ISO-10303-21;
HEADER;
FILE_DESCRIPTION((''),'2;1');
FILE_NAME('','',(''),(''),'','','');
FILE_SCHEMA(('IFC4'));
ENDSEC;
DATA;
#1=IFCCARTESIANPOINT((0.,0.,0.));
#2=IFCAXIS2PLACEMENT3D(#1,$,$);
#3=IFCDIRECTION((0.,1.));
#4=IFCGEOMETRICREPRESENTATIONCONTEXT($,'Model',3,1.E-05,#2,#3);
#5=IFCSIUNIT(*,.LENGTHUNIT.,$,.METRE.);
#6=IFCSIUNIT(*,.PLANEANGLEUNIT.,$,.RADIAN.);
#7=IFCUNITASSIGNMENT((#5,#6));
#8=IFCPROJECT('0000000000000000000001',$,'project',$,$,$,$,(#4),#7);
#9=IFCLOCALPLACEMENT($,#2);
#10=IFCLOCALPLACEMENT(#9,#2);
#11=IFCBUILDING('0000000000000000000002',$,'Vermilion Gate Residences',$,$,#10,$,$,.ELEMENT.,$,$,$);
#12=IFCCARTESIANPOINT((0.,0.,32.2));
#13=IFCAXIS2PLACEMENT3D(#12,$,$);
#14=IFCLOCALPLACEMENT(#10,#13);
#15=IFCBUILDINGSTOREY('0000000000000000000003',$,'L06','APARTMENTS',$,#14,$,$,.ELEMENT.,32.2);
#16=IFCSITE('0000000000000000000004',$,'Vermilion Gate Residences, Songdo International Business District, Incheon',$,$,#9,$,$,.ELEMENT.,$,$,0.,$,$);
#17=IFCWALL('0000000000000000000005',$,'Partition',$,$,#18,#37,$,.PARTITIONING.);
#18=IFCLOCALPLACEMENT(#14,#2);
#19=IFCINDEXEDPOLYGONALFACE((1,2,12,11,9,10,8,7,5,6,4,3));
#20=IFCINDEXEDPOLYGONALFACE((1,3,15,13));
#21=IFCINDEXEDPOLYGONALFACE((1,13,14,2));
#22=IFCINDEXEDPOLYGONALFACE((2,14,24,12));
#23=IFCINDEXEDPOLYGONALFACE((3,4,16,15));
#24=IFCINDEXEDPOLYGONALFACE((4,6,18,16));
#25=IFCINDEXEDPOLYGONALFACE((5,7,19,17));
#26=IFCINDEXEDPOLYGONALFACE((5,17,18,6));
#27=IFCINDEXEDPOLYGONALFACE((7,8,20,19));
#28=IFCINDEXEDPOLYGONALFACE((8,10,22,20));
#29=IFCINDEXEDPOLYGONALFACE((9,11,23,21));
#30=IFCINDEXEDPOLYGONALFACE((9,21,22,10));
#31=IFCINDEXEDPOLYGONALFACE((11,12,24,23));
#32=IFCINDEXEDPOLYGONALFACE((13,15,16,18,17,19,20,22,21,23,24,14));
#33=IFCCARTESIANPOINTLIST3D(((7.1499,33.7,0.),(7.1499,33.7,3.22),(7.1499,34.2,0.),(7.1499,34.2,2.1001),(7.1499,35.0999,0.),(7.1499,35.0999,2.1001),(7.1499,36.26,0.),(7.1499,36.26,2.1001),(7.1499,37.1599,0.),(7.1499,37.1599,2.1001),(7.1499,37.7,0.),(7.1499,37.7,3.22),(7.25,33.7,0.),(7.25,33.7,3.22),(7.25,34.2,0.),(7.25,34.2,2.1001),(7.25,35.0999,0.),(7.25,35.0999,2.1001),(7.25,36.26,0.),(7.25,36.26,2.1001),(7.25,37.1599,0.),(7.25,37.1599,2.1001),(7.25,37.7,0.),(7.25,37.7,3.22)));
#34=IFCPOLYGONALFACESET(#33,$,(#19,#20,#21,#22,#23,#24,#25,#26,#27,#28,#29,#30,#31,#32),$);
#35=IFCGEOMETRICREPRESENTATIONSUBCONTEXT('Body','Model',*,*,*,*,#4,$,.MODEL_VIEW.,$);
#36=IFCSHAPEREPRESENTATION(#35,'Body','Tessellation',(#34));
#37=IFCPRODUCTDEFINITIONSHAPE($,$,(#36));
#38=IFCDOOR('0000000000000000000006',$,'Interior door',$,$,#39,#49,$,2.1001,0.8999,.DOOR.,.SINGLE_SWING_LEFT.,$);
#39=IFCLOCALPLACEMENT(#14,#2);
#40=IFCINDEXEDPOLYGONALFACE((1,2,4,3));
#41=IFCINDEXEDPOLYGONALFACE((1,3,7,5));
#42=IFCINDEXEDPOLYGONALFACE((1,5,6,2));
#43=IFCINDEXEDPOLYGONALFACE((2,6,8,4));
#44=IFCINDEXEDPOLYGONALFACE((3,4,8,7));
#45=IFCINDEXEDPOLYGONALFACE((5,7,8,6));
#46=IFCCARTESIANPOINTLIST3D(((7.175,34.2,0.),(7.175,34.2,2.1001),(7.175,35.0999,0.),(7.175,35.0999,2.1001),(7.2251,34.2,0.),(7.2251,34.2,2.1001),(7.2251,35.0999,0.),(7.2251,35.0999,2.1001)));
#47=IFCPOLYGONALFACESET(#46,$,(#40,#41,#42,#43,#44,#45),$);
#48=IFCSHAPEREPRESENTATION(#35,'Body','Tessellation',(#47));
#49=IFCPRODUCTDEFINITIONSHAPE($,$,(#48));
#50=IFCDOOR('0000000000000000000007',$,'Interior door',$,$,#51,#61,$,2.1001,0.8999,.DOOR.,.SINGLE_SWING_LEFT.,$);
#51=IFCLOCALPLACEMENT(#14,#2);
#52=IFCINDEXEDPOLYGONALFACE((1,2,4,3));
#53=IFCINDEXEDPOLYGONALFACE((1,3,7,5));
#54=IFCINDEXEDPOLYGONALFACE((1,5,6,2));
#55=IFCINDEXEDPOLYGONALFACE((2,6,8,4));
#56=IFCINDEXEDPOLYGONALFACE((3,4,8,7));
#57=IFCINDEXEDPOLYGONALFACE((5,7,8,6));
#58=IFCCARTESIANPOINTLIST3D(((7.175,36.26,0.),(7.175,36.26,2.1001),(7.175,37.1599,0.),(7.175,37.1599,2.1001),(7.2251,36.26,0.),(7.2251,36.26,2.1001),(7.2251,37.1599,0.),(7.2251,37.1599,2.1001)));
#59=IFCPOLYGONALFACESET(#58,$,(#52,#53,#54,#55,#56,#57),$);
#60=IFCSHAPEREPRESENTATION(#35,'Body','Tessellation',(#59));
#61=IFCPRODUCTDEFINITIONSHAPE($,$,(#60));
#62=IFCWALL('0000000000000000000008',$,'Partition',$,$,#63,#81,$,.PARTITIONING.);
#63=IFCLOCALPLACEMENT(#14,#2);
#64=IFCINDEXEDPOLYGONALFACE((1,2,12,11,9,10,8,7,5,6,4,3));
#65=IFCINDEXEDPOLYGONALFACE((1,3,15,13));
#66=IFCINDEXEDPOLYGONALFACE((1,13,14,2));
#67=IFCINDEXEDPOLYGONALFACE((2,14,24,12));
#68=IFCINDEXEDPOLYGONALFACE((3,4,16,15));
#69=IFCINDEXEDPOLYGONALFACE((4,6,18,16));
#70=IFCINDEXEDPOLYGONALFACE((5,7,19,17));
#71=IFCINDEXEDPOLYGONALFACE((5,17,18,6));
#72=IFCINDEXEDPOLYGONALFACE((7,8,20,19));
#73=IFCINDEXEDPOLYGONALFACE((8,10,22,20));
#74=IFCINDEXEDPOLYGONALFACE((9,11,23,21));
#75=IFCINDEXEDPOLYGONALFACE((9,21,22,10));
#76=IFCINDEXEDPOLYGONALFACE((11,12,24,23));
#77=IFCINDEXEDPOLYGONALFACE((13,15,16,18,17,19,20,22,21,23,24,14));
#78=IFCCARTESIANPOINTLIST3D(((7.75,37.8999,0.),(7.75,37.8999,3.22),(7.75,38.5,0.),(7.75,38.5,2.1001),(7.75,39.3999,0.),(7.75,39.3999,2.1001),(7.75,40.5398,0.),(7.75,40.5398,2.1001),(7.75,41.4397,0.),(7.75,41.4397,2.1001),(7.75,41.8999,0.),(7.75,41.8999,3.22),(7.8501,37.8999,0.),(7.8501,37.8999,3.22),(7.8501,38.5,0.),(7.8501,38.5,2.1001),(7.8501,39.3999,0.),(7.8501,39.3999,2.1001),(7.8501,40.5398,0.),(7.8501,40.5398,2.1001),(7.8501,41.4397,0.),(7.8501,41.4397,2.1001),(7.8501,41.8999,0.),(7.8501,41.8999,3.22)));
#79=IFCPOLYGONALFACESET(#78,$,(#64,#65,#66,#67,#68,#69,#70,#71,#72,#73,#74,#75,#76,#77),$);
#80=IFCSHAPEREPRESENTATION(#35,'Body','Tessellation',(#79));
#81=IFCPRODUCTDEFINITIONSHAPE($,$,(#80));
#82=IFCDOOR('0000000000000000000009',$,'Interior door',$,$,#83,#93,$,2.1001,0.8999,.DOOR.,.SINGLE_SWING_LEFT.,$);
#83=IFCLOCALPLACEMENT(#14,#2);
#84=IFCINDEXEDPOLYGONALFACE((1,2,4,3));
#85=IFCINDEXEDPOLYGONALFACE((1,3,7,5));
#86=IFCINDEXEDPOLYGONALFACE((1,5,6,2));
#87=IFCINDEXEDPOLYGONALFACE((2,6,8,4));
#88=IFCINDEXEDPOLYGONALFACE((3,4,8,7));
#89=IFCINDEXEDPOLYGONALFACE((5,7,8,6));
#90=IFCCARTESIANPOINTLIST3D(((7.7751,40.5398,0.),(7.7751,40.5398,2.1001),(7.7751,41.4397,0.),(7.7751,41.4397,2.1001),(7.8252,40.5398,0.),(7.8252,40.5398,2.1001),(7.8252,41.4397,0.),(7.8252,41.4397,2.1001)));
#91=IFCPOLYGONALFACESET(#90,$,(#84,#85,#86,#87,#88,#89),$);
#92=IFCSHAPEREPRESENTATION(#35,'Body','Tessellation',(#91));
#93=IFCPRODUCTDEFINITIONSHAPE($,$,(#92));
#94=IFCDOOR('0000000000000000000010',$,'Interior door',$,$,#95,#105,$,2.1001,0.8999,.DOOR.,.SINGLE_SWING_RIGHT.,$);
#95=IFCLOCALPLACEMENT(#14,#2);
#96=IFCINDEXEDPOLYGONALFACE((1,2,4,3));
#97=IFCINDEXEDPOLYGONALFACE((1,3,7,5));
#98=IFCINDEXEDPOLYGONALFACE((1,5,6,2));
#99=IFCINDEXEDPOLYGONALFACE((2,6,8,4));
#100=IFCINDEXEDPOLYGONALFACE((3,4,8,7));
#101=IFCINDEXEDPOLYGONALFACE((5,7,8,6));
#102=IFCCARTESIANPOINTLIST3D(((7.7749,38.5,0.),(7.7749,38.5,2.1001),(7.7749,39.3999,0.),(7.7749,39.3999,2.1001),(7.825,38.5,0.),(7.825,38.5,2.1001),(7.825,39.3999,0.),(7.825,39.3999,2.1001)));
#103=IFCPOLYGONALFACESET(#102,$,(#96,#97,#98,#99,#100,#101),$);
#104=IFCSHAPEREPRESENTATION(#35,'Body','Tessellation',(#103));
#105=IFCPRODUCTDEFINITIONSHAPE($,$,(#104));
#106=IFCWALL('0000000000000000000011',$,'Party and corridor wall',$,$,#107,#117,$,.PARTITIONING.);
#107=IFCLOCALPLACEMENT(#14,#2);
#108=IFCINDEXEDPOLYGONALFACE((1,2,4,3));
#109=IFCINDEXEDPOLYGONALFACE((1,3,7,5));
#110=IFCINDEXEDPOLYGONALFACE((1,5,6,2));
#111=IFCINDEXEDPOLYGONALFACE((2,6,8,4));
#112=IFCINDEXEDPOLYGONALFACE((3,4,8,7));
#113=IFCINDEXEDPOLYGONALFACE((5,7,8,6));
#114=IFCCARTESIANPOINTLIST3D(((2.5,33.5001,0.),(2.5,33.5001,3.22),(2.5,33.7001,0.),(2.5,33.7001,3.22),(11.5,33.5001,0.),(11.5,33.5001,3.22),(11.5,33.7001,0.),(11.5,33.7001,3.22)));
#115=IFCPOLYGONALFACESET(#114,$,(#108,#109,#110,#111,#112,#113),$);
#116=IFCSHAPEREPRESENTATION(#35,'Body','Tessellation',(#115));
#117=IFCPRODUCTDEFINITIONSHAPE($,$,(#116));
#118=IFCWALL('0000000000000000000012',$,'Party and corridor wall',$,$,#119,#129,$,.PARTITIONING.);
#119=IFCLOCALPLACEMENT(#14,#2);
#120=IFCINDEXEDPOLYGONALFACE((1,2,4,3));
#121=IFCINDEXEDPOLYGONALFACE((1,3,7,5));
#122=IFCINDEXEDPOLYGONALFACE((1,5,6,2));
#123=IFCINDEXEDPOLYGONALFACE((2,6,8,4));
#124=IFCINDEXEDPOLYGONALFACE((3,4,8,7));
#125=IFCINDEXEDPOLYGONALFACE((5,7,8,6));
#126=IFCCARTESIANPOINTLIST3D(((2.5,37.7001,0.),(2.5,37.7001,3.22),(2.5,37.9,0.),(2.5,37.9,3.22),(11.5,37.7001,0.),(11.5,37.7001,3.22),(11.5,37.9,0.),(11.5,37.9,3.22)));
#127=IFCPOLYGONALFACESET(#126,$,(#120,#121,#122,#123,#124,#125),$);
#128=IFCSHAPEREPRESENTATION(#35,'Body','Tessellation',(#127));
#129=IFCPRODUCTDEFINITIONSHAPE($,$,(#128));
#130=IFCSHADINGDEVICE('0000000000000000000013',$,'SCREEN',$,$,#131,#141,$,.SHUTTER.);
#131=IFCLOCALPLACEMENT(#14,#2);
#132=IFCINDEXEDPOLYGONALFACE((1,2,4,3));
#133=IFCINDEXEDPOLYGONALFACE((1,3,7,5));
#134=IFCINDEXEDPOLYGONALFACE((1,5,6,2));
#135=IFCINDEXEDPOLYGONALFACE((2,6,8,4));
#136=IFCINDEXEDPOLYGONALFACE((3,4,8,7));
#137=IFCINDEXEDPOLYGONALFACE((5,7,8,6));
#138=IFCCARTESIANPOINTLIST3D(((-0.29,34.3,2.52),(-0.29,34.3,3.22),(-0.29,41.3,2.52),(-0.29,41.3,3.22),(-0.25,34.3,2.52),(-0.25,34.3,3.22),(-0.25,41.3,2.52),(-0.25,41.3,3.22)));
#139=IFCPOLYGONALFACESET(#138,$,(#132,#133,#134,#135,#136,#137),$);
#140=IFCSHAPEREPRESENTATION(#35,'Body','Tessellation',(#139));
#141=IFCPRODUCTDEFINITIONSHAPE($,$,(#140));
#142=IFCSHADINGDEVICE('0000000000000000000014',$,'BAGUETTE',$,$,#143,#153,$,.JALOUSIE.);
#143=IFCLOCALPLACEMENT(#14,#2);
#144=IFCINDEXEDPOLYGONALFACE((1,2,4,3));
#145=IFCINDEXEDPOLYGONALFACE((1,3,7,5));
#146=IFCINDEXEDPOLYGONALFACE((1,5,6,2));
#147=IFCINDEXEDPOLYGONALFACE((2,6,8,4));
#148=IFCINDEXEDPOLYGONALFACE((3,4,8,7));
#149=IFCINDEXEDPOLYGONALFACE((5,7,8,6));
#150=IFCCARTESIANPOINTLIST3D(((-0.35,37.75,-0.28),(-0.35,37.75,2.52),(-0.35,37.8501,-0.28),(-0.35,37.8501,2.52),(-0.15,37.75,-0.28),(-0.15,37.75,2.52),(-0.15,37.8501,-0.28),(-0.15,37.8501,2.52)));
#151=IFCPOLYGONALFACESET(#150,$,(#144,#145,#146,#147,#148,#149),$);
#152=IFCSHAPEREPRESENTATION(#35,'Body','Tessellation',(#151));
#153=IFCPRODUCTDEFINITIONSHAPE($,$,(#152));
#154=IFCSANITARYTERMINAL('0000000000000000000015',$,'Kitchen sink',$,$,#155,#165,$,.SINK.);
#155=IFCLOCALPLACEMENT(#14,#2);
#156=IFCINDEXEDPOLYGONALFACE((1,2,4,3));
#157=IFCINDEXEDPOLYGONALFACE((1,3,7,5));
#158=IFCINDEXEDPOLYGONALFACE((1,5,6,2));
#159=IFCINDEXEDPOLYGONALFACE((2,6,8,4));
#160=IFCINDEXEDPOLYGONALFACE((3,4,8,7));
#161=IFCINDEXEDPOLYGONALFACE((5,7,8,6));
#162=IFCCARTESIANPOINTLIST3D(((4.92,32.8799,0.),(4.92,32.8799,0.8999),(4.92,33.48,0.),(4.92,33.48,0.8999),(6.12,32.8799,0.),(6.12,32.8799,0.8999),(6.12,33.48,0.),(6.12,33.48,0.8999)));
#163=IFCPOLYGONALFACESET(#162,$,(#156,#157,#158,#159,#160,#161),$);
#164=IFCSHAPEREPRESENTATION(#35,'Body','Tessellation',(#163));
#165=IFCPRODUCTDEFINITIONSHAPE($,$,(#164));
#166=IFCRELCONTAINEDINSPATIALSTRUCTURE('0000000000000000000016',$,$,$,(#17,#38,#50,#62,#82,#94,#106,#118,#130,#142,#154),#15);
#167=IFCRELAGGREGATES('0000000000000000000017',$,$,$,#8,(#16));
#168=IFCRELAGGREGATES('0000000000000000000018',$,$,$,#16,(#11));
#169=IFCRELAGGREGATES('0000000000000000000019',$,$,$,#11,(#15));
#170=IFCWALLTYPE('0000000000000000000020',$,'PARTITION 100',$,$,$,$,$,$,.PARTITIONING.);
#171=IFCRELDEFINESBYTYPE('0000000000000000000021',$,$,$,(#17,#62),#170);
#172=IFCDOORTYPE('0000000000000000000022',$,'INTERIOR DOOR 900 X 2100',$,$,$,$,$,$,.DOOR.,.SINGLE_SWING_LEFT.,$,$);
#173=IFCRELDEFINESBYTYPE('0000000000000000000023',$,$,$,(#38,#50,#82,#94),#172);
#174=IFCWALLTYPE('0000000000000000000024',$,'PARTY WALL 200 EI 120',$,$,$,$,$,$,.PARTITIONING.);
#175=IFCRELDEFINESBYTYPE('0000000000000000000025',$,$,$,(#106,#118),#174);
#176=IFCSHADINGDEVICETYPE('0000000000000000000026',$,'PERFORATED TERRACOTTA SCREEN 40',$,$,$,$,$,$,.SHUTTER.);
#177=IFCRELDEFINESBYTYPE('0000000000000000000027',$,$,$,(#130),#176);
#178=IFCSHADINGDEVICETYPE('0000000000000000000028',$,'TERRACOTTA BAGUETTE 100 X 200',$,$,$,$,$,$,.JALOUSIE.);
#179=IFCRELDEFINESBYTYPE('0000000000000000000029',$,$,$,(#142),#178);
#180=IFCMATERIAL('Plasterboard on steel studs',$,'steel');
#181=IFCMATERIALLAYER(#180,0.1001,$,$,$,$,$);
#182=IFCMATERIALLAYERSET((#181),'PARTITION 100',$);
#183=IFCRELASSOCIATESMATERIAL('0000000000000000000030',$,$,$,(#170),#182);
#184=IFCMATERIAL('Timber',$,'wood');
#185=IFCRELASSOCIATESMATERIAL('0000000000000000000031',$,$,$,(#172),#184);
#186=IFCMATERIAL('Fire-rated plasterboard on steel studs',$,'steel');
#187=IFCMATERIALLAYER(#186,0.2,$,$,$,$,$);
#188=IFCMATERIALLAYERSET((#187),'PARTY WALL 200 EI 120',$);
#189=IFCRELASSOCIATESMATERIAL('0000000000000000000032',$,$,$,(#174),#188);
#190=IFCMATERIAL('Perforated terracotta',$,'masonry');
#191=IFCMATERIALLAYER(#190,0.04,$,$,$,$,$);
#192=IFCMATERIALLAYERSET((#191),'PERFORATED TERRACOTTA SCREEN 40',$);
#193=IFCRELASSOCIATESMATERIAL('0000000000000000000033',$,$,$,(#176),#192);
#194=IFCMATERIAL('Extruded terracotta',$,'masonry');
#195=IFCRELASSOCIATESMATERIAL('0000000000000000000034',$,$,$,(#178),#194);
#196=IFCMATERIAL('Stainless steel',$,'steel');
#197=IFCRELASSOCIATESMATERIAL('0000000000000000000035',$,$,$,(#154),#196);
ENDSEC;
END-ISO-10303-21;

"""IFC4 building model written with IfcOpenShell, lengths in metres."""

from ifc_helpers import new_model, si_unit, direction, frame, frame_2d, origin, origin_2d, place, context, subcontext, project, spatial, rectangle, extrude, material, layer, layer_set, material_profile, profile_set, type_object, element, fill, save


model = new_model("IFC4")

# Units and contexts
model_context = context("Model", 3, precision=1e-05, world=origin(), true_north=direction((0.0, 1.0)))
body_context = subcontext(model_context, "Body", "Model", "MODEL_VIEW")
ifc_project = project(units=[si_unit("LENGTHUNIT", "METRE"), si_unit("PLANEANGLEUNIT", "RADIAN")], contexts=[model_context])

# Site, building, storey
site_placement = place(None, origin())
site = spatial("IfcSite", under=ifc_project, at=site_placement, Name="Vermilion Gate Residences, Songdo International Business District, Incheon", CompositionType="ELEMENT", RefElevation=0.0)
building_placement = place(site_placement, origin())
building = spatial("IfcBuilding", under=site, at=building_placement, Name="Vermilion Gate Residences", CompositionType="ELEMENT")
storey_placement = place(building_placement, frame((0.0, 0.0, 32.2)))
storey = spatial("IfcBuildingStorey", under=building, at=storey_placement, Name="L06", Description="APARTMENTS", CompositionType="ELEMENT", Elevation=32.2)

# Shared definitions
ifc_material_1 = material(Name="Plasterboard on steel studs", Category="steel")
ifc_layer_1 = layer(ifc_material_1, 0.1001)
ifc_layer_set_1 = layer_set([ifc_layer_1], Name="PARTITION 100")
wall_type_1 = type_object("IfcWallType", Name="PARTITION 100", PredefinedType="PARTITIONING", material=ifc_layer_set_1)

# Shared definitions
ifc_material_2 = material(Name="Timber", Category="wood")
door_type = type_object("IfcDoorType", Name="INTERIOR DOOR 900 X 2100", OperationType="SINGLE_SWING_LEFT", PredefinedType="DOOR", material=ifc_material_2)

# Walls, openings, doors
wall_1_placement = place(storey_placement, frame((7.2, 33.7, 0.0), z_axis=(0.0, 0.0, 1.0), x_axis=(0.0, 1.0, 0.0)))
wall_1 = element("IfcWall", 1, at=wall_1_placement, inside=storey, type_object=wall_type_1, Name="Partition", PredefinedType="PARTITIONING", context=body_context, shape_type="SweptSolid", body=[
    extrude(rectangle(XDim=4.0, YDim=0.1001, at=frame_2d((2.0, 0.0))), origin(), (0.0, 0.0, 1.0), 3.22),
])
opening_1_placement = place(wall_1_placement, frame((0.5, 0.0, 0.0)))
opening_1 = element("IfcOpeningElement", 2, at=opening_1_placement, cuts=wall_1, PredefinedType="OPENING", context=body_context, shape_type="SweptSolid", body=[
    extrude(rectangle(XDim=0.8999, YDim=2.1001, at=frame_2d((0.45, 1.05))), frame((0.0, 0.0601, 0.0), z_axis=(0.0, -1.0, 0.0), x_axis=(1.0, 0.0, 0.0)), (0.0, 0.0, 1.0), 0.1201),
])
opening_2_placement = place(wall_1_placement, frame((2.5601, 0.0, 0.0)))
opening_2 = element("IfcOpeningElement", 3, at=opening_2_placement, cuts=wall_1, PredefinedType="OPENING", context=body_context, shape_type="SweptSolid", body=[
    extrude(rectangle(XDim=0.8999, YDim=2.1001, at=frame_2d((0.45, 1.05))), frame((0.0, 0.0601, 0.0), z_axis=(0.0, -1.0, 0.0), x_axis=(1.0, 0.0, 0.0)), (0.0, 0.0, 1.0), 0.1201),
])
door_1_placement = place(opening_1_placement, origin())
door_1 = element("IfcDoor", 4, at=door_1_placement, inside=storey, type_object=door_type, Name="Interior door", OperationType="SINGLE_SWING_LEFT", OverallHeight=2.1001, OverallWidth=0.8999, PredefinedType="DOOR", context=body_context, shape_type="SweptSolid", body=[
    extrude(rectangle(XDim=0.8999, YDim=2.1001, at=frame_2d((0.45, 1.05))), frame((0.0, 0.0249, 0.0), z_axis=(0.0, -1.0, 0.0), x_axis=(1.0, 0.0, 0.0)), (0.0, 0.0, 1.0), 0.05),
])
fill(opening_1, door_1)
door_2_placement = place(opening_2_placement, origin())
door_2 = element("IfcDoor", 5, at=door_2_placement, inside=storey, type_object=door_type, Name="Interior door", OperationType="SINGLE_SWING_LEFT", OverallHeight=2.1001, OverallWidth=0.8999, PredefinedType="DOOR", context=body_context, shape_type="SweptSolid", body=[
    extrude(rectangle(XDim=0.8999, YDim=2.1001, at=frame_2d((0.45, 1.05))), frame((0.0, 0.0249, 0.0), z_axis=(0.0, -1.0, 0.0), x_axis=(1.0, 0.0, 0.0)), (0.0, 0.0, 1.0), 0.05),
])
fill(opening_2, door_2)
wall_2_placement = place(storey_placement, frame((7.8, 37.8999, 0.0), z_axis=(0.0, 0.0, 1.0), x_axis=(0.0, 1.0, 0.0)))
wall_2 = element("IfcWall", 6, at=wall_2_placement, inside=storey, type_object=wall_type_1, Name="Partition", PredefinedType="PARTITIONING", context=body_context, shape_type="SweptSolid", body=[
    extrude(rectangle(XDim=4.0, YDim=0.1001, at=frame_2d((2.0, 0.0))), origin(), (0.0, 0.0, 1.0), 3.22),
])
opening_3_placement = place(wall_2_placement, frame((2.6399, 0.0, 0.0)))
opening_3 = element("IfcOpeningElement", 7, at=opening_3_placement, cuts=wall_2, PredefinedType="OPENING", context=body_context, shape_type="SweptSolid", body=[
    extrude(rectangle(XDim=0.8999, YDim=2.1001, at=frame_2d((0.45, 1.05))), frame((0.0, 0.0601, 0.0), z_axis=(0.0, -1.0, 0.0), x_axis=(1.0, 0.0, 0.0)), (0.0, 0.0, 1.0), 0.1201),
])
opening_4_placement = place(wall_2_placement, frame((0.6001, 0.0, 0.0)))
opening_4 = element("IfcOpeningElement", 8, at=opening_4_placement, cuts=wall_2, PredefinedType="OPENING", context=body_context, shape_type="SweptSolid", body=[
    extrude(rectangle(XDim=0.8999, YDim=2.1001, at=frame_2d((0.45, 1.05))), frame((0.0, 0.0601, 0.0), z_axis=(0.0, -1.0, 0.0), x_axis=(1.0, 0.0, 0.0)), (0.0, 0.0, 1.0), 0.1201),
])
door_3_placement = place(opening_3_placement, origin())
door_3 = element("IfcDoor", 9, at=door_3_placement, inside=storey, type_object=door_type, Name="Interior door", OperationType="SINGLE_SWING_LEFT", OverallHeight=2.1001, OverallWidth=0.8999, PredefinedType="DOOR", context=body_context, shape_type="SweptSolid", body=[
    extrude(rectangle(XDim=0.8999, YDim=2.1001, at=frame_2d((0.45, 1.05))), frame((0.0, 0.0249, 0.0), z_axis=(0.0, -1.0, 0.0), x_axis=(1.0, 0.0, 0.0)), (0.0, 0.0, 1.0), 0.05),
])
fill(opening_3, door_3)
door_4_placement = place(opening_4_placement, frame((0.8999, 0.0, 0.0), z_axis=(0.0, 0.0, 1.0), x_axis=(-1.0, 0.0, 0.0)))
door_4 = element("IfcDoor", 10, at=door_4_placement, inside=storey, type_object=door_type, Name="Interior door", OperationType="SINGLE_SWING_RIGHT", OverallHeight=2.1001, OverallWidth=0.8999, PredefinedType="DOOR", context=body_context, shape_type="SweptSolid", body=[
    extrude(rectangle(XDim=0.8999, YDim=2.1001, at=frame_2d((0.45, 1.05))), frame((0.0, 0.0249, 0.0), z_axis=(0.0, -1.0, 0.0), x_axis=(1.0, 0.0, 0.0)), (0.0, 0.0, 1.0), 0.05),
])
fill(opening_4, door_4)

# Walls
ifc_material_3 = material(Name="Fire-rated plasterboard on steel studs", Category="steel")
ifc_layer_2 = layer(ifc_material_3, 0.2)
ifc_layer_set_2 = layer_set([ifc_layer_2], Name="PARTY WALL 200 EI 120")
wall_type_2 = type_object("IfcWallType", Name="PARTY WALL 200 EI 120", PredefinedType="PARTITIONING", material=ifc_layer_set_2)
for number, where, z_axis, x_axis, name in (
    (11, (2.5, 33.6001, 0.0), (0.0, 0.0, 1.0), (1.0, 0.0, 0.0), "Party and corridor wall"),
    (12, (2.5, 37.8, 0.0), (0.0, 0.0, 1.0), (1.0, 0.0, 0.0), "Party and corridor wall"),
):
    element("IfcWall", number, at=place(storey_placement, frame(where, z_axis=z_axis, x_axis=x_axis)), inside=storey, type_object=wall_type_2, Name=name, PredefinedType="PARTITIONING", context=body_context, shape_type="SweptSolid", body=[
        extrude(rectangle(XDim=9.0, YDim=0.2, at=frame_2d((4.5, 0.0))), origin(), (0.0, 0.0, 1.0), 3.22),
    ])

# Shading devices
ifc_material_4 = material(Name="Perforated terracotta", Category="masonry")
ifc_layer_3 = layer(ifc_material_4, 0.04)
ifc_layer_set_3 = layer_set([ifc_layer_3], Name="PERFORATED TERRACOTTA SCREEN 40")
shading_device_type_1 = type_object("IfcShadingDeviceType", Name="PERFORATED TERRACOTTA SCREEN 40", PredefinedType="SHUTTER", material=ifc_layer_set_3)
shading_device_1_placement = place(storey_placement, frame((-0.27, 37.8, 2.52), z_axis=(0.0, 0.0, 1.0), x_axis=(0.0, -1.0, 0.0)))
element("IfcShadingDevice", 13, at=shading_device_1_placement, inside=storey, type_object=shading_device_type_1, Name="SCREEN", PredefinedType="SHUTTER", context=body_context, shape_type="SweptSolid", body=[
    extrude(rectangle(XDim=7.0, YDim=0.04, at=origin_2d()), origin(), (0.0, 0.0, 1.0), 0.7),
])
ifc_material_5 = material(Name="Extruded terracotta", Category="masonry")
ifc_material_profile_1 = material_profile(ifc_material_5, rectangle(XDim=0.2, YDim=0.1001, at=origin_2d()), Name="BAGUETTE 100 X 200")
ifc_profile_set_1 = profile_set([ifc_material_profile_1], Name="Extruded terracotta")
shading_device_type_2 = type_object("IfcShadingDeviceType", Name="TERRACOTTA BAGUETTE 100 X 200", PredefinedType="JALOUSIE", material=ifc_profile_set_1)
shading_device_2_placement = place(storey_placement, frame((-0.25, 37.8, -0.28), z_axis=(0.0, 0.0, 1.0), x_axis=(1.0, 0.0, 0.0)))
element("IfcShadingDevice", 14, at=shading_device_2_placement, inside=storey, type_object=shading_device_type_2, Name="BAGUETTE", PredefinedType="JALOUSIE", context=body_context, shape_type="SweptSolid", body=[
    extrude(rectangle(XDim=0.2, YDim=0.1001, at=origin_2d()), origin(), (0.0, 0.0, 1.0), 2.8),
])

# Sanitary terminal
ifc_material_6 = material(Name="Stainless steel", Category="steel")
for number, where, z_axis, x_axis, name in (
    (15, (5.52, 33.1799, 0.0), (0.0, 0.0, 1.0), (1.0, 0.0, 0.0), "Kitchen sink"),
):
    element("IfcSanitaryTerminal", number, at=place(storey_placement, frame(where, z_axis=z_axis, x_axis=x_axis)), inside=storey, material=ifc_material_6, Name=name, PredefinedType="SINK", context=body_context, shape_type="SweptSolid", body=[
        extrude(rectangle(XDim=1.2, YDim=0.6001, at=origin_2d()), origin(), (0.0, 0.0, 1.0), 0.8999),
    ])

save(model, "model.ifc")
